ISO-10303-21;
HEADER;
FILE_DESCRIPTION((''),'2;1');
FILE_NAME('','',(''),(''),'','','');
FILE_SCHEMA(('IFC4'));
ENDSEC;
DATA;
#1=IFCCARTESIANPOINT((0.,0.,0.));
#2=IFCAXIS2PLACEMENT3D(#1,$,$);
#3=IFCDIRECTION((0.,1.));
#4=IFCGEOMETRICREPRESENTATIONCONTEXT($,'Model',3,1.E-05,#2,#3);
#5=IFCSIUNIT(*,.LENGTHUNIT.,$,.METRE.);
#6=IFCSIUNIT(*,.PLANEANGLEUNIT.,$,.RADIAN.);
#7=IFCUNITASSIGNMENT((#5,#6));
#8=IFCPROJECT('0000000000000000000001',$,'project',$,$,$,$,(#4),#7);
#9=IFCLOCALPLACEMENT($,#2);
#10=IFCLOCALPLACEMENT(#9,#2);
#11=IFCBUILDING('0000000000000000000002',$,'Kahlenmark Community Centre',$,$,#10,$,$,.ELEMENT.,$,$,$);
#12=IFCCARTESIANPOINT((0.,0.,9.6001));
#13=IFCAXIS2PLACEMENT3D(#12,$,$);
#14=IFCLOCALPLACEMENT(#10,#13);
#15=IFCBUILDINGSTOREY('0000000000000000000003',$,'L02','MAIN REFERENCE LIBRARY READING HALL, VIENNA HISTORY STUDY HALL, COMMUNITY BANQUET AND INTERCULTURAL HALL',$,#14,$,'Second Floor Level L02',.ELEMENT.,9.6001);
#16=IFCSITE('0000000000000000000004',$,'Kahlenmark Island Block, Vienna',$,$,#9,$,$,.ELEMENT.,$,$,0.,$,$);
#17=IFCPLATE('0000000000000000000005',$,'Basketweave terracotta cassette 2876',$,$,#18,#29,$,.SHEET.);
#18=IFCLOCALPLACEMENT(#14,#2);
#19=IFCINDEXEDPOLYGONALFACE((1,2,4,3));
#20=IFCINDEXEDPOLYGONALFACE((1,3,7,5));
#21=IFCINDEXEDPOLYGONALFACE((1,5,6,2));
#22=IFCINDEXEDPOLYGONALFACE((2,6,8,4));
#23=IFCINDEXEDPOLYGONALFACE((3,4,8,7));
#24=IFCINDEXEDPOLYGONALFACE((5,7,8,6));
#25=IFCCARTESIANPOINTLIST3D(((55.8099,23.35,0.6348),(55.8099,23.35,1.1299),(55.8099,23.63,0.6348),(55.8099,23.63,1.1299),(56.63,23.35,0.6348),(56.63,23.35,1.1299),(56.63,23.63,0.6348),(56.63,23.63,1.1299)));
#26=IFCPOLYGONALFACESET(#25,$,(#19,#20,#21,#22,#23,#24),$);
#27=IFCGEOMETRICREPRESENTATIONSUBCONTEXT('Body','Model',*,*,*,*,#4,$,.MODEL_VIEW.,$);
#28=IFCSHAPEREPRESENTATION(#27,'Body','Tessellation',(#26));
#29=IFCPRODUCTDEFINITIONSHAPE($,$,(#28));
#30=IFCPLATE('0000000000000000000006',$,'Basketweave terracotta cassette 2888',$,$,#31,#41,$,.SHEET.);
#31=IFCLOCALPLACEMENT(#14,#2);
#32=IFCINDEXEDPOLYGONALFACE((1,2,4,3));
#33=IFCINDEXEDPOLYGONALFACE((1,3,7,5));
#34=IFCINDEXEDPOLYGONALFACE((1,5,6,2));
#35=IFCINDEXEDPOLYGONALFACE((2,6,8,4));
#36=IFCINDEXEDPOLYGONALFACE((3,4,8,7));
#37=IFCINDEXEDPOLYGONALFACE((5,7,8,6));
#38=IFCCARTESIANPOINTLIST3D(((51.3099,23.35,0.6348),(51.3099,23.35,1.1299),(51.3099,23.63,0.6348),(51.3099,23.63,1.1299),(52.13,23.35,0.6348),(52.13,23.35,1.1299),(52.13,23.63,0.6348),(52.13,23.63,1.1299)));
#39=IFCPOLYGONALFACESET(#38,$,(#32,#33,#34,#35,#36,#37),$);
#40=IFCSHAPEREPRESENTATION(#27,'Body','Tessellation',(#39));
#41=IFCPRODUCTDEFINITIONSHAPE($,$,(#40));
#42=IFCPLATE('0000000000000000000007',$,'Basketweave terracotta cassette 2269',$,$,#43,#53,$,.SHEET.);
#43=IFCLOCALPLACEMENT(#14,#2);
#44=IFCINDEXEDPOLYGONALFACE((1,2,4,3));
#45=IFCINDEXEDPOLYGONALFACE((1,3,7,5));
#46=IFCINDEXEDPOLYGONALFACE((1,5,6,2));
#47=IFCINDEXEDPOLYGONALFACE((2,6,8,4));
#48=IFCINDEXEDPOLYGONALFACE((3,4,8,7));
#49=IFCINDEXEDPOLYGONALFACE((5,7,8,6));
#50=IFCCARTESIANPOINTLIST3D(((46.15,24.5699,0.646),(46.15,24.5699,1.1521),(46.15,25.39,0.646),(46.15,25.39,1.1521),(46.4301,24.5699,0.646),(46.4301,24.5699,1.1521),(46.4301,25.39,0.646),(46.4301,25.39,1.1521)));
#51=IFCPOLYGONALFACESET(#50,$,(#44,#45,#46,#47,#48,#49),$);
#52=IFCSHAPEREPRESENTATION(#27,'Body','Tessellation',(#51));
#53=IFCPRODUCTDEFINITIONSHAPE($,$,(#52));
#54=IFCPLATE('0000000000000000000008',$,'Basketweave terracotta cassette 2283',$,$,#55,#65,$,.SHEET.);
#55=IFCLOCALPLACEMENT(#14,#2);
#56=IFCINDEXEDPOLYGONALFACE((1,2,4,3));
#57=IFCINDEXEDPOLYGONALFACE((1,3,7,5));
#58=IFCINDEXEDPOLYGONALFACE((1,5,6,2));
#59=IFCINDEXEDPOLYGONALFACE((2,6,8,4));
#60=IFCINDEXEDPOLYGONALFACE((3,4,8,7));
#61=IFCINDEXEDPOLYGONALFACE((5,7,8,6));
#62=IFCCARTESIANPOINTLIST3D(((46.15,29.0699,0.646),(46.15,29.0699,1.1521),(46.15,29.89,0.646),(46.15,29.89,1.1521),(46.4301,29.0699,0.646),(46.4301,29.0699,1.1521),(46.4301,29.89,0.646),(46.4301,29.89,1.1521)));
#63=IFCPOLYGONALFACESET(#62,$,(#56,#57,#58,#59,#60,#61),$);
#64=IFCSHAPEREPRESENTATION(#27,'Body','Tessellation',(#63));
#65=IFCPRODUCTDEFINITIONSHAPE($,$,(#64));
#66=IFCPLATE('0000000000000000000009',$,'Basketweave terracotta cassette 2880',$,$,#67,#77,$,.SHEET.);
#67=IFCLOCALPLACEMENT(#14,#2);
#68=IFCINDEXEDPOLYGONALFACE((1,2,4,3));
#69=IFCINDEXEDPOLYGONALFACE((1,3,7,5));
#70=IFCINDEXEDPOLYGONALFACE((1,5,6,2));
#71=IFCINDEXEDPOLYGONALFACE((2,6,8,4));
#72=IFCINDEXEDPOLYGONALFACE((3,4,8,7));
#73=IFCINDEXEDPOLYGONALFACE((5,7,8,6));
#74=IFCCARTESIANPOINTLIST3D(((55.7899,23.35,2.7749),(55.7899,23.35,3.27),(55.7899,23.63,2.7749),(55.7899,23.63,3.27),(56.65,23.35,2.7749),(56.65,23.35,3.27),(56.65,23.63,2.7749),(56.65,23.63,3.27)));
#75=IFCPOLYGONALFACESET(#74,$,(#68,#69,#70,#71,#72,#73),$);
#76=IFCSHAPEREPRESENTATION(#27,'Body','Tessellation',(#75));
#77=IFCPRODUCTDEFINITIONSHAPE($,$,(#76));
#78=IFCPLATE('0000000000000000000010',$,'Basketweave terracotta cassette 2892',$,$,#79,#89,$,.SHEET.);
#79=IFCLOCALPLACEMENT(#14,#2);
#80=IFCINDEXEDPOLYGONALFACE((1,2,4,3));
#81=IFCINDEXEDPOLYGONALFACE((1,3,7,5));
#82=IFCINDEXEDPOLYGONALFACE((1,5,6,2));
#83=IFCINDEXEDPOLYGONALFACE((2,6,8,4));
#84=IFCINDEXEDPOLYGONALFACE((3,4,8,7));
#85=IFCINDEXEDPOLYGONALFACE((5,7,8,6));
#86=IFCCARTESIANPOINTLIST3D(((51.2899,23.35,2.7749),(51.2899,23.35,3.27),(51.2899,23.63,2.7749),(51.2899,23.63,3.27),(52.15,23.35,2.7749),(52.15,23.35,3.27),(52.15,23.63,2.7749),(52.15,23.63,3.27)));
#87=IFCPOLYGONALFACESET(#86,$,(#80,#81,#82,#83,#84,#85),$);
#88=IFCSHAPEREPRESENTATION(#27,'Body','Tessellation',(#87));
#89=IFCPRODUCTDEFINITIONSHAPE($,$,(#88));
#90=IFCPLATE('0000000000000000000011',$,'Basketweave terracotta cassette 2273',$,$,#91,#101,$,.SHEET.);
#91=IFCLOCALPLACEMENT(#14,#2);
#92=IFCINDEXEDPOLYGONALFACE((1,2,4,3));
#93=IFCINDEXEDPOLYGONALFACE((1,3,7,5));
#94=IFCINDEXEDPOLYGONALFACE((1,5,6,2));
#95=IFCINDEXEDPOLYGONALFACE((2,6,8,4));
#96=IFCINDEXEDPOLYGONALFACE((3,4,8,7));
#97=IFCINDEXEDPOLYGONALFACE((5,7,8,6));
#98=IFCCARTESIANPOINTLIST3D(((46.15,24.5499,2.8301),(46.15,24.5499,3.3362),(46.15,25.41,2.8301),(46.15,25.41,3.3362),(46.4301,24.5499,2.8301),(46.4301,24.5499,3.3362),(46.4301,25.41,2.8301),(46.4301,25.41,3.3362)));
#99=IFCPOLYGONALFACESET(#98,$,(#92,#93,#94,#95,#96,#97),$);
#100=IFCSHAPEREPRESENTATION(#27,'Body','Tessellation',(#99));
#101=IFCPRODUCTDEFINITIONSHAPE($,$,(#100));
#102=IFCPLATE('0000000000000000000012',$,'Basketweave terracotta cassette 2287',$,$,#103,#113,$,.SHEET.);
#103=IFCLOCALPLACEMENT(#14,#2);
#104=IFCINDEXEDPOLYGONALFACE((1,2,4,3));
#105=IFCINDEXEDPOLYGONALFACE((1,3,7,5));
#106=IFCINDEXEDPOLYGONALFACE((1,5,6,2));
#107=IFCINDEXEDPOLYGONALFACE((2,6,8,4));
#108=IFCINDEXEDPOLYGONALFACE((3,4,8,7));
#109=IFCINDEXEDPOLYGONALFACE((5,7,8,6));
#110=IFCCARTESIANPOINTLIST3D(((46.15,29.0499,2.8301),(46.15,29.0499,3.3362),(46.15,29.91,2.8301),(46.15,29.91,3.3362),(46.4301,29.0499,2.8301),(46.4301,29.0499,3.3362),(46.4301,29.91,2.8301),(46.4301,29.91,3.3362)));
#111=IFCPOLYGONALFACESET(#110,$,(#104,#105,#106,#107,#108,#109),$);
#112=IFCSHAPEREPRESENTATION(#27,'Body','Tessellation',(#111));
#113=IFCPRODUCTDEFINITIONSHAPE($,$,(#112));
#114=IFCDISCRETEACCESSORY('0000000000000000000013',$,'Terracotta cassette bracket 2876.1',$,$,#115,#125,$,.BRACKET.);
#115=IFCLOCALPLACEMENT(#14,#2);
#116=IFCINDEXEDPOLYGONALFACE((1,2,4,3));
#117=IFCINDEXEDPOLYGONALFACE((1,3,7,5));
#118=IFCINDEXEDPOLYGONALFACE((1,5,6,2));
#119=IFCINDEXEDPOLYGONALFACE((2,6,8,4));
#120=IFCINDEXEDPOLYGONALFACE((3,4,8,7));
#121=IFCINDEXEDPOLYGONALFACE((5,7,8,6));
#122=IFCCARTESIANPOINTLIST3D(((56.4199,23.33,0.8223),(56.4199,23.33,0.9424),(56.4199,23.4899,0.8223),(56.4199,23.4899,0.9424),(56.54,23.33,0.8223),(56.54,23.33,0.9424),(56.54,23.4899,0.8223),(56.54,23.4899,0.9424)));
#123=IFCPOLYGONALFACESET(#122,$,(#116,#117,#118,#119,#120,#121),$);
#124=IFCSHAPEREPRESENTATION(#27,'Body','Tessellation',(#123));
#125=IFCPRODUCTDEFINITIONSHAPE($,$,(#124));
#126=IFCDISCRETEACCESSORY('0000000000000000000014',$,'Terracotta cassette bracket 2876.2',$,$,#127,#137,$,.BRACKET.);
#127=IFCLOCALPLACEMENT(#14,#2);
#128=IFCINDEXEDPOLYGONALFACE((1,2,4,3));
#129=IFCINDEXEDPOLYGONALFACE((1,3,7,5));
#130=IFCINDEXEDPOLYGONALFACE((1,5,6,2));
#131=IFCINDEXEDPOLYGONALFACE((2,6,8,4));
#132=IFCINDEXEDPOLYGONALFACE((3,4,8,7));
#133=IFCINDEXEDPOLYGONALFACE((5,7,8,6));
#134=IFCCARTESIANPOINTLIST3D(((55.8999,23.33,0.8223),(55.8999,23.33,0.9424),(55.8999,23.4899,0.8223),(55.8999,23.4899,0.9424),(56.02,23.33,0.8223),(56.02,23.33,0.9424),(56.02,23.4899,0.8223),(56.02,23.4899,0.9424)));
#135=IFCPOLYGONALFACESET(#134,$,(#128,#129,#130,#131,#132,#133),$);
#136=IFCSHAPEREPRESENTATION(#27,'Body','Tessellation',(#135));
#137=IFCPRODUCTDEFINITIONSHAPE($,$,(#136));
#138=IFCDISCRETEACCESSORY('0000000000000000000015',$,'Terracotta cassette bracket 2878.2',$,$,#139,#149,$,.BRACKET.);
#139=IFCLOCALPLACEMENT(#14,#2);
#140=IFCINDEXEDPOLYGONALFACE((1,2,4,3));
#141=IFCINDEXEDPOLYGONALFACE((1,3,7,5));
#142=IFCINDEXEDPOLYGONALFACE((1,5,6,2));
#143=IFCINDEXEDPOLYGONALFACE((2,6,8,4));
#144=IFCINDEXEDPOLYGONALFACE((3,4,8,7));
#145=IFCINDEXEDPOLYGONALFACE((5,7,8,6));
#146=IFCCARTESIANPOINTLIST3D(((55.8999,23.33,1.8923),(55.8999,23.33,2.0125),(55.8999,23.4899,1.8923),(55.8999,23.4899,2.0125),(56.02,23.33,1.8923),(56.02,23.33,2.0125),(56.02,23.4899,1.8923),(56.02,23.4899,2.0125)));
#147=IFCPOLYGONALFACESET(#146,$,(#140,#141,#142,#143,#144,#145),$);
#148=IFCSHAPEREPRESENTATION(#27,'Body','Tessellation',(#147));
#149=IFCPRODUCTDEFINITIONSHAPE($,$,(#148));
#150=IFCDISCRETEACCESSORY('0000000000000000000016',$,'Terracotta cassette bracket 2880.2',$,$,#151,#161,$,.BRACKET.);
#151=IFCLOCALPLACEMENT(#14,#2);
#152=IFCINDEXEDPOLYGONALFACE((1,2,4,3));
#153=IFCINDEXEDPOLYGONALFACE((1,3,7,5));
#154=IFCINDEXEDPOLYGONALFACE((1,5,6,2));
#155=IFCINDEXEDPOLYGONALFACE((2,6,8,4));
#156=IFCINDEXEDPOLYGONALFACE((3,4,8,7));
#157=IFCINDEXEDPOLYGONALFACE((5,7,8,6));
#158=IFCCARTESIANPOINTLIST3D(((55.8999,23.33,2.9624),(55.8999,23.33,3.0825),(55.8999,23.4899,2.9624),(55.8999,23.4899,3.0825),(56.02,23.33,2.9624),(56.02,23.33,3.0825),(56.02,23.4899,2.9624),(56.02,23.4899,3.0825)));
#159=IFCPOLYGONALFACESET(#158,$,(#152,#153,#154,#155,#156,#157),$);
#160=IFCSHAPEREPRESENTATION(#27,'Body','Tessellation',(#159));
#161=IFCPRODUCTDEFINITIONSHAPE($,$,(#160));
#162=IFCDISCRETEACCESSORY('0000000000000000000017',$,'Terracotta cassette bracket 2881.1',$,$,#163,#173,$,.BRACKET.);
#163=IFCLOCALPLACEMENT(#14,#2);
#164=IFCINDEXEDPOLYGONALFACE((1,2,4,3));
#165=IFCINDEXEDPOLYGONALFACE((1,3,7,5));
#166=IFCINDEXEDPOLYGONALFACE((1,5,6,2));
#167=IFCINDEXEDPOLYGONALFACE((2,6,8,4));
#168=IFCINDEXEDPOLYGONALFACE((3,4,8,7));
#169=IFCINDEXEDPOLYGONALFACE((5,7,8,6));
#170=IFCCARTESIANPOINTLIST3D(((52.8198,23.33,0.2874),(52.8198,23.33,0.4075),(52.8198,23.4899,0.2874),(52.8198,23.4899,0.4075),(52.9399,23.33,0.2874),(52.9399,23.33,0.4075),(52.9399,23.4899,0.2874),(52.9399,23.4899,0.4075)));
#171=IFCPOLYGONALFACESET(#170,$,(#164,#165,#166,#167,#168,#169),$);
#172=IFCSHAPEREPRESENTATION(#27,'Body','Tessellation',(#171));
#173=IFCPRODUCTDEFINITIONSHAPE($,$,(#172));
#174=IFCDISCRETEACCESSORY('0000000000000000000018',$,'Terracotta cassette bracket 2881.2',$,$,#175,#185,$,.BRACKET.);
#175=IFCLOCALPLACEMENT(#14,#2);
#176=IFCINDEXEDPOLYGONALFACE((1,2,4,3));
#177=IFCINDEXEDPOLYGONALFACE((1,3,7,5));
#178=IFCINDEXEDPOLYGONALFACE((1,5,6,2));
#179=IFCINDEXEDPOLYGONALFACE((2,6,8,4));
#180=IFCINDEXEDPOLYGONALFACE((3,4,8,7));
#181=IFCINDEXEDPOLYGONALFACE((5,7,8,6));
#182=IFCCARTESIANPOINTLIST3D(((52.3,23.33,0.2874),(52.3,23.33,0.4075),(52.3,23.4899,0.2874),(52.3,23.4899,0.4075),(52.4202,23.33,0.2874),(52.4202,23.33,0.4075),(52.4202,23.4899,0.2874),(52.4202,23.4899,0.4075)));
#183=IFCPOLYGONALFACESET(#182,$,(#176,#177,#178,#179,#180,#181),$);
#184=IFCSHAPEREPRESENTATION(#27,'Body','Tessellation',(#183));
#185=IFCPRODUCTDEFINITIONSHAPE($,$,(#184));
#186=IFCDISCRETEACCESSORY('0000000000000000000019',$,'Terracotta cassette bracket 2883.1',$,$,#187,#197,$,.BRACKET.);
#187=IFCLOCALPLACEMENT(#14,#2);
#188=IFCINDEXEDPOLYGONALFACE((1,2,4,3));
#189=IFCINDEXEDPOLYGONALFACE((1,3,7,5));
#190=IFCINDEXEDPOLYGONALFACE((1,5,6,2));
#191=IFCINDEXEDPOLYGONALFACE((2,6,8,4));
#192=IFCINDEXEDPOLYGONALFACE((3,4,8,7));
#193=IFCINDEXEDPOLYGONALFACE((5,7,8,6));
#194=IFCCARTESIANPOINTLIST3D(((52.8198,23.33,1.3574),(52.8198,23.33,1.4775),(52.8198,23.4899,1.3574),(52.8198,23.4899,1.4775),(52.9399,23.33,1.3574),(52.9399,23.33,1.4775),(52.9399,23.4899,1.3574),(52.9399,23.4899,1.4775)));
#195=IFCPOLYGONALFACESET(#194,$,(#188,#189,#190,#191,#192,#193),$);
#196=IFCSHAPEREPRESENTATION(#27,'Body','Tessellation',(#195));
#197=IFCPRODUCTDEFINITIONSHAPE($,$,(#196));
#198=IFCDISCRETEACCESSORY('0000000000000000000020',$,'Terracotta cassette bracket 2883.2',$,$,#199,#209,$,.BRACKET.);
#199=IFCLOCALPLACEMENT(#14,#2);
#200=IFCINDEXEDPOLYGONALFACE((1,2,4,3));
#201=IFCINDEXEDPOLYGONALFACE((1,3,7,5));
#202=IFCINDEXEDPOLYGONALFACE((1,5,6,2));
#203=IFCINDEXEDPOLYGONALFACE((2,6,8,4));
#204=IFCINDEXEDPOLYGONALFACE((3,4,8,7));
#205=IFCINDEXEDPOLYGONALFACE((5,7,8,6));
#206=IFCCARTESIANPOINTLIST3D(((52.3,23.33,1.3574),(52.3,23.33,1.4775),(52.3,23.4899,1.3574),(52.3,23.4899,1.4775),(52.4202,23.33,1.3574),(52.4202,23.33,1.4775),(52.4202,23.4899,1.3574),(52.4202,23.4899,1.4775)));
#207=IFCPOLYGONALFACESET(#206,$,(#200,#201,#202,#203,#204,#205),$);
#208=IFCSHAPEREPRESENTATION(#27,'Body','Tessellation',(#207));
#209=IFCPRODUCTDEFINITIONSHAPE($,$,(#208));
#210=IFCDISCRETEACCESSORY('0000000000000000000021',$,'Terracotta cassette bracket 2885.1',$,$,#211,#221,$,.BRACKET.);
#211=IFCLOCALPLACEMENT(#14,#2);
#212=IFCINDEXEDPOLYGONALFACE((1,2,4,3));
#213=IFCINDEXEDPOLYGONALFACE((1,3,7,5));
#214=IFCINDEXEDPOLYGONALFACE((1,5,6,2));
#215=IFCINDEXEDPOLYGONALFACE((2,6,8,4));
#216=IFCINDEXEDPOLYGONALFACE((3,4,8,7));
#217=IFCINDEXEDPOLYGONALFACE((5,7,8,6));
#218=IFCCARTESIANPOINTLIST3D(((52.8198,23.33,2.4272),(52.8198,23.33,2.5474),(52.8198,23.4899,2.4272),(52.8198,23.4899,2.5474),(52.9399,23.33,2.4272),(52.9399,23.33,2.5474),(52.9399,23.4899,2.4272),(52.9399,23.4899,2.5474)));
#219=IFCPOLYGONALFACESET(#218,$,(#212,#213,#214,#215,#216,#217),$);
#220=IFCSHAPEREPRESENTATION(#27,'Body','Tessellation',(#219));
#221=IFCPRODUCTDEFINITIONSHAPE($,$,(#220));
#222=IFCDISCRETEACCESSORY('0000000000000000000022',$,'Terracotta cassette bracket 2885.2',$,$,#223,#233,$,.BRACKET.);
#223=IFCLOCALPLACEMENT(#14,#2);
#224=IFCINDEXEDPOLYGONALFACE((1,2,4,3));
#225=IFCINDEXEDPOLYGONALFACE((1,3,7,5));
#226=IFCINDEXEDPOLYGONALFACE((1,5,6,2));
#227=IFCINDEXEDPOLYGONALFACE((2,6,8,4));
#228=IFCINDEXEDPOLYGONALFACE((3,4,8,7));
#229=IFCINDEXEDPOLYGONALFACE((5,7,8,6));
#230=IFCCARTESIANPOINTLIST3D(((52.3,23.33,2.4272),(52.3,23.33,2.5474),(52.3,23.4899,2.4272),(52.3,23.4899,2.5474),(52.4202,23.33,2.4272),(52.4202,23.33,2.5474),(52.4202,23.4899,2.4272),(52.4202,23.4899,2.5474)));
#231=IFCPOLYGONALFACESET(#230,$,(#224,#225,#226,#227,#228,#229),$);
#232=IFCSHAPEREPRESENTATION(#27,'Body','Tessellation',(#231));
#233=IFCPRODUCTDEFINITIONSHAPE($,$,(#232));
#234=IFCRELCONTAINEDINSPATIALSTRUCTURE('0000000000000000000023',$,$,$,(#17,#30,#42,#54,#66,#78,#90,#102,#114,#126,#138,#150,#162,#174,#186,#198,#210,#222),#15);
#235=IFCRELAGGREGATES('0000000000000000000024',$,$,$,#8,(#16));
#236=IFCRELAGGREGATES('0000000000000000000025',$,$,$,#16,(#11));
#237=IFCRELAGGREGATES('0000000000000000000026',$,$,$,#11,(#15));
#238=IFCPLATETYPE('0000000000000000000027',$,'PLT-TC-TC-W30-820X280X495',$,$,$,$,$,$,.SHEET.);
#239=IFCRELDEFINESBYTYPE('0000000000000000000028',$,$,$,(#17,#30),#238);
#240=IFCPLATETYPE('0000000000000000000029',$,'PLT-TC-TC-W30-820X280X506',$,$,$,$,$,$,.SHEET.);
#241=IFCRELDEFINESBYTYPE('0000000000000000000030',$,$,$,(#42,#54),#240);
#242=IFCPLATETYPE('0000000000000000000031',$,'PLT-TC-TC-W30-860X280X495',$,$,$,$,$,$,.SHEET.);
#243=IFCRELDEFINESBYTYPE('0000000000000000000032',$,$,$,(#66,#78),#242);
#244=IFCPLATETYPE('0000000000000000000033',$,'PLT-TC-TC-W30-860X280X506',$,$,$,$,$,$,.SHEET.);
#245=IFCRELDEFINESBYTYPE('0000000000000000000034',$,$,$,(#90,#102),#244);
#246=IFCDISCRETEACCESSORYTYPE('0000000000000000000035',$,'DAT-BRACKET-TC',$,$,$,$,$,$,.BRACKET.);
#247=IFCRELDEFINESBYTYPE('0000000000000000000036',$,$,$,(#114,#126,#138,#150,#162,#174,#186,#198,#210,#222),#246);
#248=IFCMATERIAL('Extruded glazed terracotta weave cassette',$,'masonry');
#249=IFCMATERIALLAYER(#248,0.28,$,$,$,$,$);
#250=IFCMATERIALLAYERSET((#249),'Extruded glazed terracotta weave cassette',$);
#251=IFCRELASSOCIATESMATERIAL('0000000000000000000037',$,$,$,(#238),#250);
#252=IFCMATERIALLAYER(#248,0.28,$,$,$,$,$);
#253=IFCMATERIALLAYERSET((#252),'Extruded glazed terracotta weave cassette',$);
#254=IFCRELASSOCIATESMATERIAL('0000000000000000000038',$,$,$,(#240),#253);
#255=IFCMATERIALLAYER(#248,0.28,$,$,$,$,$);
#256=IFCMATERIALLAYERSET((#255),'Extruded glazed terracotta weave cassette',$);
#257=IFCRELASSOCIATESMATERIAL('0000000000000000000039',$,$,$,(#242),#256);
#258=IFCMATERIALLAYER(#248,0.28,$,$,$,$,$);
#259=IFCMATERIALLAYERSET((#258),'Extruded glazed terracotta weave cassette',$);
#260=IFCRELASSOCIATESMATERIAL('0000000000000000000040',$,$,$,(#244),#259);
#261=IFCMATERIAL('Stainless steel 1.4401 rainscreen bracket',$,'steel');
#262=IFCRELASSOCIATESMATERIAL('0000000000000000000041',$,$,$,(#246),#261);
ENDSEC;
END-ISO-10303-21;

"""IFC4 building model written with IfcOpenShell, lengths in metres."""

from ifc_helpers import new_model, si_unit, direction, frame, origin, origin_2d, place, context, subcontext, project, spatial, rectangle, extrude, material, layer, layer_set, type_object, element, save


model = new_model("IFC4")

# Units and contexts
model_context = context("Model", 3, precision=1e-05, world=origin(), true_north=direction((0.0, 1.0)))
body_context = subcontext(model_context, "Body", "Model", "MODEL_VIEW")
ifc_project = project(units=[si_unit("LENGTHUNIT", "METRE"), si_unit("PLANEANGLEUNIT", "RADIAN")], contexts=[model_context])

# Site, building, storey
site_placement = place(None, origin())
site = spatial("IfcSite", under=ifc_project, at=site_placement, Name="Kahlenmark Island Block, Vienna", CompositionType="ELEMENT", RefElevation=0.0)
building_placement = place(site_placement, origin())
building = spatial("IfcBuilding", under=site, at=building_placement, Name="Kahlenmark Community Centre", CompositionType="ELEMENT")
storey_placement = place(building_placement, frame((0.0, 0.0, 9.6001)))
storey = spatial("IfcBuildingStorey", under=building, at=storey_placement, Name="L02", Description="MAIN REFERENCE LIBRARY READING HALL, VIENNA HISTORY STUDY HALL, COMMUNITY BANQUET AND INTERCULTURAL HALL", LongName="Second Floor Level L02", CompositionType="ELEMENT", Elevation=9.6001)

# Plates
ifc_material_1 = material(Name="Extruded glazed terracotta weave cassette", Category="masonry")
ifc_layer_1 = layer(ifc_material_1, 0.28)
ifc_layer_set_1 = layer_set([ifc_layer_1], Name="Extruded glazed terracotta weave cassette")
plate_type_1 = type_object("IfcPlateType", Name="PLT-TC-TC-W30-820X280X495", PredefinedType="SHEET", material=ifc_layer_set_1)
for number, where, z_axis, x_axis, name in (
    (1, (56.22, 23.49, 0.6348), (0.0, 0.0, 1.0), (-1.0, 0.0, 0.0), "Basketweave terracotta cassette 2876"),
    (2, (51.72, 23.49, 0.6348), (0.0, 0.0, 1.0), (-1.0, 0.0, 0.0), "Basketweave terracotta cassette 2888"),
):
    element("IfcPlate", number, at=place(storey_placement, frame(where, z_axis=z_axis, x_axis=x_axis)), inside=storey, type_object=plate_type_1, Name=name, PredefinedType="SHEET", context=body_context, shape_type="SweptSolid", body=[
        extrude(rectangle(XDim=0.8201, YDim=0.28, at=origin_2d()), origin(), (0.0, 0.0, 1.0), 0.4951),
    ])
ifc_layer_2 = layer(ifc_material_1, 0.28)
ifc_layer_set_2 = layer_set([ifc_layer_2], Name="Extruded glazed terracotta weave cassette")
plate_type_2 = type_object("IfcPlateType", Name="PLT-TC-TC-W30-820X280X506", PredefinedType="SHEET", material=ifc_layer_set_2)
for number, where, z_axis, x_axis, name in (
    (3, (46.29, 24.98, 0.646), (0.0, 0.0, 1.0), (0.0, 1.0, 0.0), "Basketweave terracotta cassette 2269"),
    (4, (46.29, 29.48, 0.646), (0.0, 0.0, 1.0), (0.0, 1.0, 0.0), "Basketweave terracotta cassette 2283"),
):
    element("IfcPlate", number, at=place(storey_placement, frame(where, z_axis=z_axis, x_axis=x_axis)), inside=storey, type_object=plate_type_2, Name=name, PredefinedType="SHEET", context=body_context, shape_type="SweptSolid", body=[
        extrude(rectangle(XDim=0.8201, YDim=0.28, at=origin_2d()), origin(), (0.0, 0.0, 1.0), 0.5061),
    ])
ifc_layer_3 = layer(ifc_material_1, 0.28)
ifc_layer_set_3 = layer_set([ifc_layer_3], Name="Extruded glazed terracotta weave cassette")
plate_type_3 = type_object("IfcPlateType", Name="PLT-TC-TC-W30-860X280X495", PredefinedType="SHEET", material=ifc_layer_set_3)
for number, where, z_axis, x_axis, name in (
    (5, (56.22, 23.49, 2.7749), (0.0, 0.0, 1.0), (-1.0, 0.0, 0.0), "Basketweave terracotta cassette 2880"),
    (6, (51.72, 23.49, 2.7749), (0.0, 0.0, 1.0), (-1.0, 0.0, 0.0), "Basketweave terracotta cassette 2892"),
):
    element("IfcPlate", number, at=place(storey_placement, frame(where, z_axis=z_axis, x_axis=x_axis)), inside=storey, type_object=plate_type_3, Name=name, PredefinedType="SHEET", context=body_context, shape_type="SweptSolid", body=[
        extrude(rectangle(XDim=0.8601, YDim=0.28, at=origin_2d()), origin(), (0.0, 0.0, 1.0), 0.4951),
    ])
ifc_layer_4 = layer(ifc_material_1, 0.28)
ifc_layer_set_4 = layer_set([ifc_layer_4], Name="Extruded glazed terracotta weave cassette")
plate_type_4 = type_object("IfcPlateType", Name="PLT-TC-TC-W30-860X280X506", PredefinedType="SHEET", material=ifc_layer_set_4)
for number, where, z_axis, x_axis, name in (
    (7, (46.29, 24.98, 2.8301), (0.0, 0.0, 1.0), (0.0, 1.0, 0.0), "Basketweave terracotta cassette 2273"),
    (8, (46.29, 29.48, 2.8301), (0.0, 0.0, 1.0), (0.0, 1.0, 0.0), "Basketweave terracotta cassette 2287"),
):
    element("IfcPlate", number, at=place(storey_placement, frame(where, z_axis=z_axis, x_axis=x_axis)), inside=storey, type_object=plate_type_4, Name=name, PredefinedType="SHEET", context=body_context, shape_type="SweptSolid", body=[
        extrude(rectangle(XDim=0.8601, YDim=0.28, at=origin_2d()), origin(), (0.0, 0.0, 1.0), 0.5061),
    ])

# Discrete accessories
ifc_material_2 = material(Name="Stainless steel 1.4401 rainscreen bracket", Category="steel")
discrete_accessory_type = type_object("IfcDiscreteAccessoryType", Name="DAT-BRACKET-TC", PredefinedType="BRACKET", material=ifc_material_2)
for number, where, z_axis, x_axis, name in (
    (9, (56.48, 23.4099, 0.8223), (0.0, 0.0, 1.0), (-1.0, 0.0, 0.0), "Terracotta cassette bracket 2876.1"),
    (10, (55.96, 23.4099, 0.8223), (0.0, 0.0, 1.0), (-1.0, 0.0, 0.0), "Terracotta cassette bracket 2876.2"),
    (11, (55.96, 23.4099, 1.8923), (0.0, 0.0, 1.0), (-1.0, 0.0, 0.0), "Terracotta cassette bracket 2878.2"),
    (12, (55.96, 23.4099, 2.9624), (0.0, 0.0, 1.0), (-1.0, 0.0, 0.0), "Terracotta cassette bracket 2880.2"),
    (13, (52.8799, 23.4099, 0.2874), (0.0, 0.0, 1.0), (-1.0, 0.0, 0.0), "Terracotta cassette bracket 2881.1"),
    (14, (52.3601, 23.4099, 0.2874), (0.0, 0.0, 1.0), (-1.0, 0.0, 0.0), "Terracotta cassette bracket 2881.2"),
    (15, (52.8799, 23.4099, 1.3574), (0.0, 0.0, 1.0), (-1.0, 0.0, 0.0), "Terracotta cassette bracket 2883.1"),
    (16, (52.3601, 23.4099, 1.3574), (0.0, 0.0, 1.0), (-1.0, 0.0, 0.0), "Terracotta cassette bracket 2883.2"),
    (17, (52.8799, 23.4099, 2.4272), (0.0, 0.0, 1.0), (-1.0, 0.0, 0.0), "Terracotta cassette bracket 2885.1"),
    (18, (52.3601, 23.4099, 2.4272), (0.0, 0.0, 1.0), (-1.0, 0.0, 0.0), "Terracotta cassette bracket 2885.2"),
):
    element("IfcDiscreteAccessory", number, at=place(storey_placement, frame(where, z_axis=z_axis, x_axis=x_axis)), inside=storey, type_object=discrete_accessory_type, Name=name, PredefinedType="BRACKET", context=body_context, shape_type="SweptSolid", body=[
        extrude(rectangle(XDim=0.1201, YDim=0.1599, at=origin_2d()), origin(), (0.0, 0.0, 1.0), 0.1201),
    ])

save(model, "model.ifc")
